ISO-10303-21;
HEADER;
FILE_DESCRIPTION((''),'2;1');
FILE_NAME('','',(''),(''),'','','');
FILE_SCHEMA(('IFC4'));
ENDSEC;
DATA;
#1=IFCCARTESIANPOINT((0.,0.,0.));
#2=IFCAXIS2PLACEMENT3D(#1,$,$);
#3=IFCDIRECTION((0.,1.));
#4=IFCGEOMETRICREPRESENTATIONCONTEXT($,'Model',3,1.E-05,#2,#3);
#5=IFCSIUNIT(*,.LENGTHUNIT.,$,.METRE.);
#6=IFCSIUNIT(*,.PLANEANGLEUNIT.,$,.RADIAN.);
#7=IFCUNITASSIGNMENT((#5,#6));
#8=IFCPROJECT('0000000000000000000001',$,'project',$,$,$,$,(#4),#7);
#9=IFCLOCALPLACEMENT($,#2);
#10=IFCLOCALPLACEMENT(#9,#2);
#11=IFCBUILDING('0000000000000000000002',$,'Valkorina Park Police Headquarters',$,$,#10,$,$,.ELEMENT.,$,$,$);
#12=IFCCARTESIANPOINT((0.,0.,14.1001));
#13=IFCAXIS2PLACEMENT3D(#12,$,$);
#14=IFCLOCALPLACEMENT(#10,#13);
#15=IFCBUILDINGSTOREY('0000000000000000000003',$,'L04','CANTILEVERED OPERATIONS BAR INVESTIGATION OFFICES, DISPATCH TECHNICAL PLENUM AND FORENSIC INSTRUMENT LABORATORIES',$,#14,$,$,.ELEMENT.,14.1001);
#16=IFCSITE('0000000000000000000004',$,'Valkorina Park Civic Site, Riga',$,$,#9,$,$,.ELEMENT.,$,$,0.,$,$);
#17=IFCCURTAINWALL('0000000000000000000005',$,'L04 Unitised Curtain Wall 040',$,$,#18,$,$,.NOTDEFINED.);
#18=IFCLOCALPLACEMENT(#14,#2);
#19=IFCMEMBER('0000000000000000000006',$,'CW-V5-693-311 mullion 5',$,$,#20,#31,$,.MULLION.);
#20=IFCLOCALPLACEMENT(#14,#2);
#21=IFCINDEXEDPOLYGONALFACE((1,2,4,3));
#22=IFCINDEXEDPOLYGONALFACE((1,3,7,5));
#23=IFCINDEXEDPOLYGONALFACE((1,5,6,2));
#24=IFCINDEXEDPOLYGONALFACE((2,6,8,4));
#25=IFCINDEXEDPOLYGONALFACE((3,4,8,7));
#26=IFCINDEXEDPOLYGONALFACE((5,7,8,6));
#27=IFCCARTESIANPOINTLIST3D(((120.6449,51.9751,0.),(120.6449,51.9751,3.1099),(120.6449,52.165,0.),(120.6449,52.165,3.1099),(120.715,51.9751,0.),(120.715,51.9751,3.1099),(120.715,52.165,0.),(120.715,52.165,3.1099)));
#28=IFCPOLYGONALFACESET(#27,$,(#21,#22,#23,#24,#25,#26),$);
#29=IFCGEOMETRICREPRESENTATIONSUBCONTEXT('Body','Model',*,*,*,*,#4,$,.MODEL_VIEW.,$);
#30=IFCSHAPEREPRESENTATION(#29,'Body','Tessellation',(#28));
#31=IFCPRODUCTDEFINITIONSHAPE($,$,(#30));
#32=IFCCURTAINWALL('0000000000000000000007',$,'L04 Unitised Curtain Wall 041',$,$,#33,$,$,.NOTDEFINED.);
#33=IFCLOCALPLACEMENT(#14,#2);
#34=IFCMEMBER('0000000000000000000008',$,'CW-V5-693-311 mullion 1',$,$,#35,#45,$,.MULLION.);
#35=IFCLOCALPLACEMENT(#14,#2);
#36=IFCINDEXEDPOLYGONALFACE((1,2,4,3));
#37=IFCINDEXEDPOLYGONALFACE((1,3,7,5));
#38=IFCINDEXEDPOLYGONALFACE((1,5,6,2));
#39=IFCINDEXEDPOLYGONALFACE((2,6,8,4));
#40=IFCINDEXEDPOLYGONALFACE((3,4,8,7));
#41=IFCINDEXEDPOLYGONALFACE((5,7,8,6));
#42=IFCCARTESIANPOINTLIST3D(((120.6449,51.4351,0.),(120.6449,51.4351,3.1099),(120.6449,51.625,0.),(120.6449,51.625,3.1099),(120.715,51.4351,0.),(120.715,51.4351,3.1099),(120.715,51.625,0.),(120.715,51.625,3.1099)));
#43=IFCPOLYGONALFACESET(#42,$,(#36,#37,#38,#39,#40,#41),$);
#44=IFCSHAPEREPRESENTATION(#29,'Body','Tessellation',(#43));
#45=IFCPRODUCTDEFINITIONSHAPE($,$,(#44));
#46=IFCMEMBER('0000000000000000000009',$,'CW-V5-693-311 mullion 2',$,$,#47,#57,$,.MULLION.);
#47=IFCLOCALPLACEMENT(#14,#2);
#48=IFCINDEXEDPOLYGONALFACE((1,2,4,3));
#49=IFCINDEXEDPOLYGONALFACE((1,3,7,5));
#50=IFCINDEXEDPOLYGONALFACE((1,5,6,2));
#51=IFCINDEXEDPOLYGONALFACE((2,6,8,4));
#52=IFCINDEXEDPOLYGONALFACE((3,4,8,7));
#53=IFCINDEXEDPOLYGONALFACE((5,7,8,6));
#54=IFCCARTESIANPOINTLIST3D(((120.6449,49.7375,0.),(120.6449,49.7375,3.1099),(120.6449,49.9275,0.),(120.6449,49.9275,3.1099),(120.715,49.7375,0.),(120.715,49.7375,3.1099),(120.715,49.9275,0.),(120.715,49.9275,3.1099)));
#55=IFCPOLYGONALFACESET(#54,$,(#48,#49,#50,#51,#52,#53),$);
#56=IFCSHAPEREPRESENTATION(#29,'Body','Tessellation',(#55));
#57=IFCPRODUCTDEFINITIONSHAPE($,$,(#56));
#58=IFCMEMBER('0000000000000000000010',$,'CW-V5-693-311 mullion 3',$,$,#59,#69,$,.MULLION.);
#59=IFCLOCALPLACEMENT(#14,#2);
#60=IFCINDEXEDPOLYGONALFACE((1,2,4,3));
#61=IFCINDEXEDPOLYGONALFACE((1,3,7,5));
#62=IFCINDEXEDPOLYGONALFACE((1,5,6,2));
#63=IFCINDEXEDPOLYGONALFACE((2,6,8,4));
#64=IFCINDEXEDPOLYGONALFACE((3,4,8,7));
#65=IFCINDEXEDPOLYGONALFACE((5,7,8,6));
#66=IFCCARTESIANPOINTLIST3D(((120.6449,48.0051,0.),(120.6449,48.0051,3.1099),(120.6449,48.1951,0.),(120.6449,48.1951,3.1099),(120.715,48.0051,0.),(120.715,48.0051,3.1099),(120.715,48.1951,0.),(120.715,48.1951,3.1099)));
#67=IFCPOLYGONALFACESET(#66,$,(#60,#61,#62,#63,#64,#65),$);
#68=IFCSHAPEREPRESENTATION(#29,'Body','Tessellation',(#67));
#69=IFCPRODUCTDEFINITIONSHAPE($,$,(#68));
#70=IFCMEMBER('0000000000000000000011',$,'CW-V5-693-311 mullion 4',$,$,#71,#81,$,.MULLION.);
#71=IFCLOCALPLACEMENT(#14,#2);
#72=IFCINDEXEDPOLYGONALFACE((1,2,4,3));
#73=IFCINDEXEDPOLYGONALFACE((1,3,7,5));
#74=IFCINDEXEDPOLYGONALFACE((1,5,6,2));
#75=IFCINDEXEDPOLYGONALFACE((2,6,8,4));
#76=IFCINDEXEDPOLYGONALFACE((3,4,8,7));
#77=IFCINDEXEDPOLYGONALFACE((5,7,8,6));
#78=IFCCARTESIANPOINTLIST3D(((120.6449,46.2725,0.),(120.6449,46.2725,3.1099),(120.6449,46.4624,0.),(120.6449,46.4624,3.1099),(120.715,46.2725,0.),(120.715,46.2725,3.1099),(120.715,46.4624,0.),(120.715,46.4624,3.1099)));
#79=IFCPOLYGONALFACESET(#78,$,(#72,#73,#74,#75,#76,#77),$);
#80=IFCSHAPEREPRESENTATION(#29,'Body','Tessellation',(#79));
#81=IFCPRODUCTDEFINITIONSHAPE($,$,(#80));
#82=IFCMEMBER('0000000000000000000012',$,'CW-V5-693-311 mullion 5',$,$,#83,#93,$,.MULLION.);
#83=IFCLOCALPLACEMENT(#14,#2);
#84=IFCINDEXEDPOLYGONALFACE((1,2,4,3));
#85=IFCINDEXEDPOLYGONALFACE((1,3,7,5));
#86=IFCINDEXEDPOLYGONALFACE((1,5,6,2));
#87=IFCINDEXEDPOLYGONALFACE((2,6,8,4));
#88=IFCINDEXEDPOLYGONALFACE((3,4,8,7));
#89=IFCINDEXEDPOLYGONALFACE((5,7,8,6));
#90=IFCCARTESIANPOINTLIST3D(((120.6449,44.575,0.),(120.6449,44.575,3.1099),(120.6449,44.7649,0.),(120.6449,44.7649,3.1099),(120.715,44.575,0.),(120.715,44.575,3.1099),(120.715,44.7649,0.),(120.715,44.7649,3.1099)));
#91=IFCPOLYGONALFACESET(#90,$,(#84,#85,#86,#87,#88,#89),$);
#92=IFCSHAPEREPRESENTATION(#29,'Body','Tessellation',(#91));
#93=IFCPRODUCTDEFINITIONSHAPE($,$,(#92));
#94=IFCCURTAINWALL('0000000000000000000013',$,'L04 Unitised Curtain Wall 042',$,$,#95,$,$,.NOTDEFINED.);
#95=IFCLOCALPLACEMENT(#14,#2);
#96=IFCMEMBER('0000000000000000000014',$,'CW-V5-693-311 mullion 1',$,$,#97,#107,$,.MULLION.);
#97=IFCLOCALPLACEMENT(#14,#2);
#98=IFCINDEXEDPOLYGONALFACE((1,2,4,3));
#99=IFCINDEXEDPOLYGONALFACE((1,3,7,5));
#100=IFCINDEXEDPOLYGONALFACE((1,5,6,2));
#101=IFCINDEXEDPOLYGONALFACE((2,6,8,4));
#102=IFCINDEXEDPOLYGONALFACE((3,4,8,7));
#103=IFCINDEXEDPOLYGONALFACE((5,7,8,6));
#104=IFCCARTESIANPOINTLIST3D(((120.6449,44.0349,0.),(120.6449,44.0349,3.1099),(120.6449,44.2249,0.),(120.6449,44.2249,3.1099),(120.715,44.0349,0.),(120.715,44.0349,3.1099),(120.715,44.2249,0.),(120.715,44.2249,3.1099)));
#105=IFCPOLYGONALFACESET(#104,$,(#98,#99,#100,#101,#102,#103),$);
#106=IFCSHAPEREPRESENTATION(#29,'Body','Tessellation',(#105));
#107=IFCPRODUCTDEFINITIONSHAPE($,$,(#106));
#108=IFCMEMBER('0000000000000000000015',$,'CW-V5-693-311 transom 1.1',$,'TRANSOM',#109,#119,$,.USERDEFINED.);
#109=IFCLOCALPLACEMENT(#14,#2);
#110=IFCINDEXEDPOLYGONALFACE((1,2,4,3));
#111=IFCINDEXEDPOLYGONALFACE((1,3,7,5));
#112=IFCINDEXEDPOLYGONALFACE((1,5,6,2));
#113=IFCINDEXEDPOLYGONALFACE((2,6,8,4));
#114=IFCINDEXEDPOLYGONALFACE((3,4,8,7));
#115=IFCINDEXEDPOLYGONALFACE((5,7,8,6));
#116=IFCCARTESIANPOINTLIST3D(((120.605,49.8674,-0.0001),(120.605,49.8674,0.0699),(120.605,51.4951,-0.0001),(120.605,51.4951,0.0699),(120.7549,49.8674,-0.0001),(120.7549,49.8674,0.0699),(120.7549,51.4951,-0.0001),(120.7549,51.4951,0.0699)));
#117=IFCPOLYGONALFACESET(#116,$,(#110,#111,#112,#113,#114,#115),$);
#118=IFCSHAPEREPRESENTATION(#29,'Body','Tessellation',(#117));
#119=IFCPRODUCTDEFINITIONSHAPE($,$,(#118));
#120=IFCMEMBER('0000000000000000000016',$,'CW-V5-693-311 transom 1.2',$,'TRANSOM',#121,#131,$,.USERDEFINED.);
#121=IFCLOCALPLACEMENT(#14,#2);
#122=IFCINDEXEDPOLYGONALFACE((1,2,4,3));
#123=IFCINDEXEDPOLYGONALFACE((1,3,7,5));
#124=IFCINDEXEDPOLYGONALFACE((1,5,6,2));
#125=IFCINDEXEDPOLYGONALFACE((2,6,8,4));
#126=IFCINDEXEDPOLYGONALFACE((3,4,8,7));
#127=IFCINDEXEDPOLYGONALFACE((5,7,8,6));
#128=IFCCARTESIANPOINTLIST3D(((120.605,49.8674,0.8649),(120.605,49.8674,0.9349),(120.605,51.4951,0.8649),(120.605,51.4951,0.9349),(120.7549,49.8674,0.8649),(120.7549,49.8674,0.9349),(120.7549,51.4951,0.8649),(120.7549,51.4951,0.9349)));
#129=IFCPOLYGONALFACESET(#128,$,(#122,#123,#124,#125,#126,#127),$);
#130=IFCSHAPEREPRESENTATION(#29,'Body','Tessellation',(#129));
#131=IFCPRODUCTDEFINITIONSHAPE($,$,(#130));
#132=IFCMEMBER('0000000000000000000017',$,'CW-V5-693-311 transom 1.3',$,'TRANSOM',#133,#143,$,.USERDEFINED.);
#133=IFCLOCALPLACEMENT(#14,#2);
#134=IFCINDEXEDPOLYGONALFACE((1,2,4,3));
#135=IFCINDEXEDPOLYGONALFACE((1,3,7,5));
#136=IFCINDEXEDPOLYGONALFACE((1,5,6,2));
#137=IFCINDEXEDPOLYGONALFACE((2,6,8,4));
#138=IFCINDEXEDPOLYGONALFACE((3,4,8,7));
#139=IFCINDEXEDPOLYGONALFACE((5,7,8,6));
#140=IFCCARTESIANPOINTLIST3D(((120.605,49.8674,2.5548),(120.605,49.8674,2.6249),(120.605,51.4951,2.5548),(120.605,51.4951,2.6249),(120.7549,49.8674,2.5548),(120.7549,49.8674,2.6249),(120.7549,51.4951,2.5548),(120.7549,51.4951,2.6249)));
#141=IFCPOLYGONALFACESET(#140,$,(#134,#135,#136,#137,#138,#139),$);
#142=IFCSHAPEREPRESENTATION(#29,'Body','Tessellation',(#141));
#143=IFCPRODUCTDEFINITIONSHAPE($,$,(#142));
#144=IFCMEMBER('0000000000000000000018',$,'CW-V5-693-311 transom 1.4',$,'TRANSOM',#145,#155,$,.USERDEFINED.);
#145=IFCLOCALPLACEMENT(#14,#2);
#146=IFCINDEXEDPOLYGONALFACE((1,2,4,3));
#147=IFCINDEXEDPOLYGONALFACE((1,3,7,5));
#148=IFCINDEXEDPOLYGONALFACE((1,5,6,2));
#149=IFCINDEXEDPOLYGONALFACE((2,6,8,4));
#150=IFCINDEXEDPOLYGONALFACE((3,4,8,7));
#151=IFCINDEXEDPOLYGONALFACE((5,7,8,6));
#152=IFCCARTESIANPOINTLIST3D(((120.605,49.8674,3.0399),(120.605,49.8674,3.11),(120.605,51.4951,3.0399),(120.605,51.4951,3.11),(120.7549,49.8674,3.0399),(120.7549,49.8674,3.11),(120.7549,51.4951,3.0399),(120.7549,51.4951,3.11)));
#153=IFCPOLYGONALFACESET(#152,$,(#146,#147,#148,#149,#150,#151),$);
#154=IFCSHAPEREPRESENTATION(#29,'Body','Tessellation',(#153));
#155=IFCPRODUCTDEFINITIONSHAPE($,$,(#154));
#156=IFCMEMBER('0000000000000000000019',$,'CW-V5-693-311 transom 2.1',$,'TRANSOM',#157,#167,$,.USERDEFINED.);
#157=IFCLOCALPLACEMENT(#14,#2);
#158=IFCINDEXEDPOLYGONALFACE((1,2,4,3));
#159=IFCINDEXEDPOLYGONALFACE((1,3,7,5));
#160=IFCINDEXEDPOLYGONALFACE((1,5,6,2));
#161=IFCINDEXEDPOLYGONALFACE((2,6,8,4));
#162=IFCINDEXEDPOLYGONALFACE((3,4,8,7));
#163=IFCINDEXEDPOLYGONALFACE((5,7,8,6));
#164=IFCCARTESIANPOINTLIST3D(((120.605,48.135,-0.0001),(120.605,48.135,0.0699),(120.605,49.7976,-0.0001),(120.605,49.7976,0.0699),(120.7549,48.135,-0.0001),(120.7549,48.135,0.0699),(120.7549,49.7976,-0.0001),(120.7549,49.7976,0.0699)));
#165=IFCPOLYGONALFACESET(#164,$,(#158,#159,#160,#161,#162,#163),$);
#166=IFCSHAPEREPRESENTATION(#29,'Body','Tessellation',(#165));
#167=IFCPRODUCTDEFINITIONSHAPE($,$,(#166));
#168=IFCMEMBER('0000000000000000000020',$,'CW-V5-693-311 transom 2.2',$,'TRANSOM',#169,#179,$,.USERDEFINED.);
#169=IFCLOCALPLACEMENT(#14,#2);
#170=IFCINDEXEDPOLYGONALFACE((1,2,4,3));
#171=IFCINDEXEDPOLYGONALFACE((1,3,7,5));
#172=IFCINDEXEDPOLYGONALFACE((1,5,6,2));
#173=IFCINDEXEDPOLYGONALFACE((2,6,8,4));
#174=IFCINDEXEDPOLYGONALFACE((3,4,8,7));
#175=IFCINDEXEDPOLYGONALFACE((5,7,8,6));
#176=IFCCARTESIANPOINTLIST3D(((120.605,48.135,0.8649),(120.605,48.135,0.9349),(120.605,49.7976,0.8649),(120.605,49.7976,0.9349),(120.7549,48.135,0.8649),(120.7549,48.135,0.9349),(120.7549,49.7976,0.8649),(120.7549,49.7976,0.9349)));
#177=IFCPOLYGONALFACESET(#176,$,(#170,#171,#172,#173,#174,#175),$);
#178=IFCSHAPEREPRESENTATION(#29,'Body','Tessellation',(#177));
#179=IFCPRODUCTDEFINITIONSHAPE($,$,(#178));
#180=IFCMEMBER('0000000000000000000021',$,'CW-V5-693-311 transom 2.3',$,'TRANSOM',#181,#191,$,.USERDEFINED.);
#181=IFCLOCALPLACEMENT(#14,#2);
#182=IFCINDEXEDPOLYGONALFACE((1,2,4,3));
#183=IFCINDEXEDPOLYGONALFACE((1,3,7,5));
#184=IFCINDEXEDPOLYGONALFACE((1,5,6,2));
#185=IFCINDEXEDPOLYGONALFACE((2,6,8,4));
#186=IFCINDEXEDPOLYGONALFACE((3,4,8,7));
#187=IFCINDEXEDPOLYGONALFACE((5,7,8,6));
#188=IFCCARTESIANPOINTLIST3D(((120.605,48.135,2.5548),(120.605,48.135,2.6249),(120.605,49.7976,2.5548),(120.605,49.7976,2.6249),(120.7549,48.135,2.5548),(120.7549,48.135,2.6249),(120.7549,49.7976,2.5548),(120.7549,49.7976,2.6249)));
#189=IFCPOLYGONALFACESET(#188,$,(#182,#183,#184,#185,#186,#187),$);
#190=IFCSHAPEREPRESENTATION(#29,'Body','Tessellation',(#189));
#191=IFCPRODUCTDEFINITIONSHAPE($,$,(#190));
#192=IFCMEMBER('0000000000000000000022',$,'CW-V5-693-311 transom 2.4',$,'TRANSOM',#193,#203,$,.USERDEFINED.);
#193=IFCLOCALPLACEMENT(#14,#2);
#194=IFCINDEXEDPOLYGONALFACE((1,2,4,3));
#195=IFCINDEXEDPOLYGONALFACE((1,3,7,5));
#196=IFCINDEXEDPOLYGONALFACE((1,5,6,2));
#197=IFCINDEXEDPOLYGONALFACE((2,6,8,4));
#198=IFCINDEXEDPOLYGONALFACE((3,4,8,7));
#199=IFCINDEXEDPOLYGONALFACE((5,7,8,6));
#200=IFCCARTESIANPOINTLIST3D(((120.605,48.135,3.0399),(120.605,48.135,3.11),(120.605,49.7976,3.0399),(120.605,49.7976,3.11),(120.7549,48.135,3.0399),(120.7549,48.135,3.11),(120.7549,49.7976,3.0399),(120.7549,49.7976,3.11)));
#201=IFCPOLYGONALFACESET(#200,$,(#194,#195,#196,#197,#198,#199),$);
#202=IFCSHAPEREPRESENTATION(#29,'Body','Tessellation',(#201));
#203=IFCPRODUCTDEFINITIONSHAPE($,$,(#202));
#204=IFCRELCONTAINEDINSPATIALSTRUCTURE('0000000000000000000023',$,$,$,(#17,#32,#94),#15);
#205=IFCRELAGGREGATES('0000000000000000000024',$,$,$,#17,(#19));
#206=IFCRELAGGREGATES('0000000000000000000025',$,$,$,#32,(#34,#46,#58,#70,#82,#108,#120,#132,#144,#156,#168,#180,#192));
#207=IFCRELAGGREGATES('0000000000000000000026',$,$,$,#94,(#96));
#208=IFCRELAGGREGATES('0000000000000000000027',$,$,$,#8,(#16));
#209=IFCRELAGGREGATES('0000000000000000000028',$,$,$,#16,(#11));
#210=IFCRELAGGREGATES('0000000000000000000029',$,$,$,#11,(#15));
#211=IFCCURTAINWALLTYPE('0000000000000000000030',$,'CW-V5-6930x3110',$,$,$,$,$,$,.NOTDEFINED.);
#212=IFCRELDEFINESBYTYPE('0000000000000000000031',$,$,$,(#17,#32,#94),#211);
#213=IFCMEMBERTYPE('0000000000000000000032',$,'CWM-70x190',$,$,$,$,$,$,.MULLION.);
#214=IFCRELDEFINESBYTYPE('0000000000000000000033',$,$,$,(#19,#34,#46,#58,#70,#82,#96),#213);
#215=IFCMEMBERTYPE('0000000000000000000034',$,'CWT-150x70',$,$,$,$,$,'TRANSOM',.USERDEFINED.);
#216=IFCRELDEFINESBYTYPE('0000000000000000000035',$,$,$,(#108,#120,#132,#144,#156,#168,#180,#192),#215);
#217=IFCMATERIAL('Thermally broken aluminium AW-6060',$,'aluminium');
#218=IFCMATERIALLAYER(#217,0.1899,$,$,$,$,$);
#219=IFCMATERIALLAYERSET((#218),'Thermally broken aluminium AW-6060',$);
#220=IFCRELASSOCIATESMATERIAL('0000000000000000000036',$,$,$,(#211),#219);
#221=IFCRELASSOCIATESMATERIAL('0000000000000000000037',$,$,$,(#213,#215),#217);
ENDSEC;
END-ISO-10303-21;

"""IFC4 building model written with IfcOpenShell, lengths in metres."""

from ifc_helpers import new_model, si_unit, direction, frame, origin, origin_2d, place, context, subcontext, project, spatial, rectangle, extrude, material, layer, layer_set, material_profile, profile_set, type_object, element, aggregate, save


model = new_model("IFC4")

# Units and contexts
model_context = context("Model", 3, precision=1e-05, world=origin(), true_north=direction((0.0, 1.0)))
body_context = subcontext(model_context, "Body", "Model", "MODEL_VIEW")
ifc_project = project(units=[si_unit("LENGTHUNIT", "METRE"), si_unit("PLANEANGLEUNIT", "RADIAN")], contexts=[model_context])

# Site, building, storey
site_placement = place(None, origin())
site = spatial("IfcSite", under=ifc_project, at=site_placement, Name="Valkorina Park Civic Site, Riga", CompositionType="ELEMENT", RefElevation=0.0)
building_placement = place(site_placement, origin())
building = spatial("IfcBuilding", under=site, at=building_placement, Name="Valkorina Park Police Headquarters", CompositionType="ELEMENT")
storey_placement = place(building_placement, frame((0.0, 0.0, 14.1001)))
storey = spatial("IfcBuildingStorey", under=building, at=storey_placement, Name="L04", Description="CANTILEVERED OPERATIONS BAR INVESTIGATION OFFICES, DISPATCH TECHNICAL PLENUM AND FORENSIC INSTRUMENT LABORATORIES", CompositionType="ELEMENT", Elevation=14.1001)

# Curtain wall, member
ifc_material_1 = material(Name="Thermally broken aluminium AW-6060", Category="aluminium")
ifc_layer_1 = layer(ifc_material_1, 0.1899)
ifc_layer_set_1 = layer_set([ifc_layer_1], Name="Thermally broken aluminium AW-6060")
curtain_wall_type = type_object("IfcCurtainWallType", Name="CW-V5-6930x3110", PredefinedType="NOTDEFINED", material=ifc_layer_set_1)
curtain_wall_1_placement = place(storey_placement, origin())
curtain_wall_1 = element("IfcCurtainWall", 1, at=curtain_wall_1_placement, inside=storey, type_object=curtain_wall_type, Name="L04 Unitised Curtain Wall 040", PredefinedType="NOTDEFINED")
ifc_material_profile_1 = material_profile(ifc_material_1, rectangle(XDim=0.0701, YDim=0.1899, at=origin_2d()), Name="CWM-02 70x190")
ifc_profile_set_1 = profile_set([ifc_material_profile_1], Name="Thermally broken aluminium AW-6060")
member_type_1 = type_object("IfcMemberType", Name="CWM-70x190", PredefinedType="MULLION", material=ifc_profile_set_1)
member_1_placement = place(storey_placement, frame((120.6799, 52.0701, 0.0), z_axis=(0.0, 0.0, 1.0), x_axis=(1.0, 0.0, 0.0)))
member_1 = element("IfcMember", 2, at=member_1_placement, type_object=member_type_1, Name="CW-V5-693-311 mullion 5", PredefinedType="MULLION", context=body_context, shape_type="SweptSolid", body=[
    extrude(rectangle(XDim=0.0701, YDim=0.1899, at=origin_2d()), origin(), (0.0, 0.0, 1.0), 3.1099),
])
aggregate(curtain_wall_1, [member_1])

# Curtain wall, members
curtain_wall_2_placement = place(storey_placement, origin())
curtain_wall_2 = element("IfcCurtainWall", 3, at=curtain_wall_2_placement, inside=storey, type_object=curtain_wall_type, Name="L04 Unitised Curtain Wall 041", PredefinedType="NOTDEFINED")
member_2_placement = place(storey_placement, frame((120.6799, 51.53, 0.0), z_axis=(0.0, 0.0, 1.0), x_axis=(1.0, 0.0, 0.0)))
member_2 = element("IfcMember", 4, at=member_2_placement, type_object=member_type_1, Name="CW-V5-693-311 mullion 1", PredefinedType="MULLION", context=body_context, shape_type="SweptSolid", body=[
    extrude(rectangle(XDim=0.0701, YDim=0.1899, at=origin_2d()), origin(), (0.0, 0.0, 1.0), 3.1099),
])
member_3_placement = place(storey_placement, frame((120.6799, 49.8325, 0.0), z_axis=(0.0, 0.0, 1.0), x_axis=(1.0, 0.0, 0.0)))
member_3 = element("IfcMember", 5, at=member_3_placement, type_object=member_type_1, Name="CW-V5-693-311 mullion 2", PredefinedType="MULLION", context=body_context, shape_type="SweptSolid", body=[
    extrude(rectangle(XDim=0.0701, YDim=0.1899, at=origin_2d()), origin(), (0.0, 0.0, 1.0), 3.1099),
])
member_4_placement = place(storey_placement, frame((120.6799, 48.1001, 0.0), z_axis=(0.0, 0.0, 1.0), x_axis=(1.0, 0.0, 0.0)))
member_4 = element("IfcMember", 6, at=member_4_placement, type_object=member_type_1, Name="CW-V5-693-311 mullion 3", PredefinedType="MULLION", context=body_context, shape_type="SweptSolid", body=[
    extrude(rectangle(XDim=0.0701, YDim=0.1899, at=origin_2d()), origin(), (0.0, 0.0, 1.0), 3.1099),
])
member_5_placement = place(storey_placement, frame((120.6799, 46.3674, 0.0), z_axis=(0.0, 0.0, 1.0), x_axis=(1.0, 0.0, 0.0)))
member_5 = element("IfcMember", 7, at=member_5_placement, type_object=member_type_1, Name="CW-V5-693-311 mullion 4", PredefinedType="MULLION", context=body_context, shape_type="SweptSolid", body=[
    extrude(rectangle(XDim=0.0701, YDim=0.1899, at=origin_2d()), origin(), (0.0, 0.0, 1.0), 3.1099),
])
member_6_placement = place(storey_placement, frame((120.6799, 44.6699, 0.0), z_axis=(0.0, 0.0, 1.0), x_axis=(1.0, 0.0, 0.0)))
member_6 = element("IfcMember", 8, at=member_6_placement, type_object=member_type_1, Name="CW-V5-693-311 mullion 5", PredefinedType="MULLION", context=body_context, shape_type="SweptSolid", body=[
    extrude(rectangle(XDim=0.0701, YDim=0.1899, at=origin_2d()), origin(), (0.0, 0.0, 1.0), 3.1099),
])

# Curtain wall, member
curtain_wall_3_placement = place(storey_placement, origin())
curtain_wall_3 = element("IfcCurtainWall", 9, at=curtain_wall_3_placement, inside=storey, type_object=curtain_wall_type, Name="L04 Unitised Curtain Wall 042", PredefinedType="NOTDEFINED")
member_7_placement = place(storey_placement, frame((120.6799, 44.1299, 0.0), z_axis=(0.0, 0.0, 1.0), x_axis=(1.0, 0.0, 0.0)))
member_7 = element("IfcMember", 10, at=member_7_placement, type_object=member_type_1, Name="CW-V5-693-311 mullion 1", PredefinedType="MULLION", context=body_context, shape_type="SweptSolid", body=[
    extrude(rectangle(XDim=0.0701, YDim=0.1899, at=origin_2d()), origin(), (0.0, 0.0, 1.0), 3.1099),
])

# Members
ifc_material_profile_2 = material_profile(ifc_material_1, rectangle(XDim=0.1499, YDim=0.0701, at=origin_2d()), Name="CWT-02 150x70")
ifc_profile_set_2 = profile_set([ifc_material_profile_2], Name="Thermally broken aluminium AW-6060")
member_type_2 = type_object("IfcMemberType", Name="CWT-150x70", ElementType="TRANSOM", PredefinedType="USERDEFINED", material=ifc_profile_set_2)
member_8_placement = place(storey_placement, frame((120.6799, 51.4951, 0.0349), z_axis=(0.0, -1.0, 0.0), x_axis=(1.0, 0.0, 0.0)))
member_8 = element("IfcMember", 11, at=member_8_placement, type_object=member_type_2, Name="CW-V5-693-311 transom 1.1", ObjectType="TRANSOM", PredefinedType="USERDEFINED", context=body_context, shape_type="SweptSolid", body=[
    extrude(rectangle(XDim=0.1499, YDim=0.0701, at=origin_2d()), origin(), (0.0, 0.0, 1.0), 1.6277),
])
member_9_placement = place(storey_placement, frame((120.6799, 51.4951, 0.8999), z_axis=(0.0, -1.0, 0.0), x_axis=(1.0, 0.0, 0.0)))
member_9 = element("IfcMember", 12, at=member_9_placement, type_object=member_type_2, Name="CW-V5-693-311 transom 1.2", ObjectType="TRANSOM", PredefinedType="USERDEFINED", context=body_context, shape_type="SweptSolid", body=[
    extrude(rectangle(XDim=0.1499, YDim=0.0701, at=origin_2d()), origin(), (0.0, 0.0, 1.0), 1.6277),
])
member_10_placement = place(storey_placement, frame((120.6799, 51.4951, 2.5898), z_axis=(0.0, -1.0, 0.0), x_axis=(1.0, 0.0, 0.0)))
member_10 = element("IfcMember", 13, at=member_10_placement, type_object=member_type_2, Name="CW-V5-693-311 transom 1.3", ObjectType="TRANSOM", PredefinedType="USERDEFINED", context=body_context, shape_type="SweptSolid", body=[
    extrude(rectangle(XDim=0.1499, YDim=0.0701, at=origin_2d()), origin(), (0.0, 0.0, 1.0), 1.6277),
])
member_11_placement = place(storey_placement, frame((120.6799, 51.4951, 3.075), z_axis=(0.0, -1.0, 0.0), x_axis=(1.0, 0.0, 0.0)))
member_11 = element("IfcMember", 14, at=member_11_placement, type_object=member_type_2, Name="CW-V5-693-311 transom 1.4", ObjectType="TRANSOM", PredefinedType="USERDEFINED", context=body_context, shape_type="SweptSolid", body=[
    extrude(rectangle(XDim=0.1499, YDim=0.0701, at=origin_2d()), origin(), (0.0, 0.0, 1.0), 1.6277),
])
member_12_placement = place(storey_placement, frame((120.6799, 49.7976, 0.0349), z_axis=(0.0, -1.0, 0.0), x_axis=(1.0, 0.0, 0.0)))
member_12 = element("IfcMember", 15, at=member_12_placement, type_object=member_type_2, Name="CW-V5-693-311 transom 2.1", ObjectType="TRANSOM", PredefinedType="USERDEFINED", context=body_context, shape_type="SweptSolid", body=[
    extrude(rectangle(XDim=0.1499, YDim=0.0701, at=origin_2d()), origin(), (0.0, 0.0, 1.0), 1.6626),
])
member_13_placement = place(storey_placement, frame((120.6799, 49.7976, 0.8999), z_axis=(0.0, -1.0, 0.0), x_axis=(1.0, 0.0, 0.0)))
member_13 = element("IfcMember", 16, at=member_13_placement, type_object=member_type_2, Name="CW-V5-693-311 transom 2.2", ObjectType="TRANSOM", PredefinedType="USERDEFINED", context=body_context, shape_type="SweptSolid", body=[
    extrude(rectangle(XDim=0.1499, YDim=0.0701, at=origin_2d()), origin(), (0.0, 0.0, 1.0), 1.6626),
])
member_14_placement = place(storey_placement, frame((120.6799, 49.7976, 2.5898), z_axis=(0.0, -1.0, 0.0), x_axis=(1.0, 0.0, 0.0)))
member_14 = element("IfcMember", 17, at=member_14_placement, type_object=member_type_2, Name="CW-V5-693-311 transom 2.3", ObjectType="TRANSOM", PredefinedType="USERDEFINED", context=body_context, shape_type="SweptSolid", body=[
    extrude(rectangle(XDim=0.1499, YDim=0.0701, at=origin_2d()), origin(), (0.0, 0.0, 1.0), 1.6626),
])
member_15_placement = place(storey_placement, frame((120.6799, 49.7976, 3.075), z_axis=(0.0, -1.0, 0.0), x_axis=(1.0, 0.0, 0.0)))
member_15 = element("IfcMember", 18, at=member_15_placement, type_object=member_type_2, Name="CW-V5-693-311 transom 2.4", ObjectType="TRANSOM", PredefinedType="USERDEFINED", context=body_context, shape_type="SweptSolid", body=[
    extrude(rectangle(XDim=0.1499, YDim=0.0701, at=origin_2d()), origin(), (0.0, 0.0, 1.0), 1.6626),
])

aggregate(curtain_wall_2, [member_2, member_3, member_4, member_5, member_6, member_8, member_9, member_10, member_11, member_12, member_13, member_14, member_15])
aggregate(curtain_wall_3, [member_7])

save(model, "model.ifc")
